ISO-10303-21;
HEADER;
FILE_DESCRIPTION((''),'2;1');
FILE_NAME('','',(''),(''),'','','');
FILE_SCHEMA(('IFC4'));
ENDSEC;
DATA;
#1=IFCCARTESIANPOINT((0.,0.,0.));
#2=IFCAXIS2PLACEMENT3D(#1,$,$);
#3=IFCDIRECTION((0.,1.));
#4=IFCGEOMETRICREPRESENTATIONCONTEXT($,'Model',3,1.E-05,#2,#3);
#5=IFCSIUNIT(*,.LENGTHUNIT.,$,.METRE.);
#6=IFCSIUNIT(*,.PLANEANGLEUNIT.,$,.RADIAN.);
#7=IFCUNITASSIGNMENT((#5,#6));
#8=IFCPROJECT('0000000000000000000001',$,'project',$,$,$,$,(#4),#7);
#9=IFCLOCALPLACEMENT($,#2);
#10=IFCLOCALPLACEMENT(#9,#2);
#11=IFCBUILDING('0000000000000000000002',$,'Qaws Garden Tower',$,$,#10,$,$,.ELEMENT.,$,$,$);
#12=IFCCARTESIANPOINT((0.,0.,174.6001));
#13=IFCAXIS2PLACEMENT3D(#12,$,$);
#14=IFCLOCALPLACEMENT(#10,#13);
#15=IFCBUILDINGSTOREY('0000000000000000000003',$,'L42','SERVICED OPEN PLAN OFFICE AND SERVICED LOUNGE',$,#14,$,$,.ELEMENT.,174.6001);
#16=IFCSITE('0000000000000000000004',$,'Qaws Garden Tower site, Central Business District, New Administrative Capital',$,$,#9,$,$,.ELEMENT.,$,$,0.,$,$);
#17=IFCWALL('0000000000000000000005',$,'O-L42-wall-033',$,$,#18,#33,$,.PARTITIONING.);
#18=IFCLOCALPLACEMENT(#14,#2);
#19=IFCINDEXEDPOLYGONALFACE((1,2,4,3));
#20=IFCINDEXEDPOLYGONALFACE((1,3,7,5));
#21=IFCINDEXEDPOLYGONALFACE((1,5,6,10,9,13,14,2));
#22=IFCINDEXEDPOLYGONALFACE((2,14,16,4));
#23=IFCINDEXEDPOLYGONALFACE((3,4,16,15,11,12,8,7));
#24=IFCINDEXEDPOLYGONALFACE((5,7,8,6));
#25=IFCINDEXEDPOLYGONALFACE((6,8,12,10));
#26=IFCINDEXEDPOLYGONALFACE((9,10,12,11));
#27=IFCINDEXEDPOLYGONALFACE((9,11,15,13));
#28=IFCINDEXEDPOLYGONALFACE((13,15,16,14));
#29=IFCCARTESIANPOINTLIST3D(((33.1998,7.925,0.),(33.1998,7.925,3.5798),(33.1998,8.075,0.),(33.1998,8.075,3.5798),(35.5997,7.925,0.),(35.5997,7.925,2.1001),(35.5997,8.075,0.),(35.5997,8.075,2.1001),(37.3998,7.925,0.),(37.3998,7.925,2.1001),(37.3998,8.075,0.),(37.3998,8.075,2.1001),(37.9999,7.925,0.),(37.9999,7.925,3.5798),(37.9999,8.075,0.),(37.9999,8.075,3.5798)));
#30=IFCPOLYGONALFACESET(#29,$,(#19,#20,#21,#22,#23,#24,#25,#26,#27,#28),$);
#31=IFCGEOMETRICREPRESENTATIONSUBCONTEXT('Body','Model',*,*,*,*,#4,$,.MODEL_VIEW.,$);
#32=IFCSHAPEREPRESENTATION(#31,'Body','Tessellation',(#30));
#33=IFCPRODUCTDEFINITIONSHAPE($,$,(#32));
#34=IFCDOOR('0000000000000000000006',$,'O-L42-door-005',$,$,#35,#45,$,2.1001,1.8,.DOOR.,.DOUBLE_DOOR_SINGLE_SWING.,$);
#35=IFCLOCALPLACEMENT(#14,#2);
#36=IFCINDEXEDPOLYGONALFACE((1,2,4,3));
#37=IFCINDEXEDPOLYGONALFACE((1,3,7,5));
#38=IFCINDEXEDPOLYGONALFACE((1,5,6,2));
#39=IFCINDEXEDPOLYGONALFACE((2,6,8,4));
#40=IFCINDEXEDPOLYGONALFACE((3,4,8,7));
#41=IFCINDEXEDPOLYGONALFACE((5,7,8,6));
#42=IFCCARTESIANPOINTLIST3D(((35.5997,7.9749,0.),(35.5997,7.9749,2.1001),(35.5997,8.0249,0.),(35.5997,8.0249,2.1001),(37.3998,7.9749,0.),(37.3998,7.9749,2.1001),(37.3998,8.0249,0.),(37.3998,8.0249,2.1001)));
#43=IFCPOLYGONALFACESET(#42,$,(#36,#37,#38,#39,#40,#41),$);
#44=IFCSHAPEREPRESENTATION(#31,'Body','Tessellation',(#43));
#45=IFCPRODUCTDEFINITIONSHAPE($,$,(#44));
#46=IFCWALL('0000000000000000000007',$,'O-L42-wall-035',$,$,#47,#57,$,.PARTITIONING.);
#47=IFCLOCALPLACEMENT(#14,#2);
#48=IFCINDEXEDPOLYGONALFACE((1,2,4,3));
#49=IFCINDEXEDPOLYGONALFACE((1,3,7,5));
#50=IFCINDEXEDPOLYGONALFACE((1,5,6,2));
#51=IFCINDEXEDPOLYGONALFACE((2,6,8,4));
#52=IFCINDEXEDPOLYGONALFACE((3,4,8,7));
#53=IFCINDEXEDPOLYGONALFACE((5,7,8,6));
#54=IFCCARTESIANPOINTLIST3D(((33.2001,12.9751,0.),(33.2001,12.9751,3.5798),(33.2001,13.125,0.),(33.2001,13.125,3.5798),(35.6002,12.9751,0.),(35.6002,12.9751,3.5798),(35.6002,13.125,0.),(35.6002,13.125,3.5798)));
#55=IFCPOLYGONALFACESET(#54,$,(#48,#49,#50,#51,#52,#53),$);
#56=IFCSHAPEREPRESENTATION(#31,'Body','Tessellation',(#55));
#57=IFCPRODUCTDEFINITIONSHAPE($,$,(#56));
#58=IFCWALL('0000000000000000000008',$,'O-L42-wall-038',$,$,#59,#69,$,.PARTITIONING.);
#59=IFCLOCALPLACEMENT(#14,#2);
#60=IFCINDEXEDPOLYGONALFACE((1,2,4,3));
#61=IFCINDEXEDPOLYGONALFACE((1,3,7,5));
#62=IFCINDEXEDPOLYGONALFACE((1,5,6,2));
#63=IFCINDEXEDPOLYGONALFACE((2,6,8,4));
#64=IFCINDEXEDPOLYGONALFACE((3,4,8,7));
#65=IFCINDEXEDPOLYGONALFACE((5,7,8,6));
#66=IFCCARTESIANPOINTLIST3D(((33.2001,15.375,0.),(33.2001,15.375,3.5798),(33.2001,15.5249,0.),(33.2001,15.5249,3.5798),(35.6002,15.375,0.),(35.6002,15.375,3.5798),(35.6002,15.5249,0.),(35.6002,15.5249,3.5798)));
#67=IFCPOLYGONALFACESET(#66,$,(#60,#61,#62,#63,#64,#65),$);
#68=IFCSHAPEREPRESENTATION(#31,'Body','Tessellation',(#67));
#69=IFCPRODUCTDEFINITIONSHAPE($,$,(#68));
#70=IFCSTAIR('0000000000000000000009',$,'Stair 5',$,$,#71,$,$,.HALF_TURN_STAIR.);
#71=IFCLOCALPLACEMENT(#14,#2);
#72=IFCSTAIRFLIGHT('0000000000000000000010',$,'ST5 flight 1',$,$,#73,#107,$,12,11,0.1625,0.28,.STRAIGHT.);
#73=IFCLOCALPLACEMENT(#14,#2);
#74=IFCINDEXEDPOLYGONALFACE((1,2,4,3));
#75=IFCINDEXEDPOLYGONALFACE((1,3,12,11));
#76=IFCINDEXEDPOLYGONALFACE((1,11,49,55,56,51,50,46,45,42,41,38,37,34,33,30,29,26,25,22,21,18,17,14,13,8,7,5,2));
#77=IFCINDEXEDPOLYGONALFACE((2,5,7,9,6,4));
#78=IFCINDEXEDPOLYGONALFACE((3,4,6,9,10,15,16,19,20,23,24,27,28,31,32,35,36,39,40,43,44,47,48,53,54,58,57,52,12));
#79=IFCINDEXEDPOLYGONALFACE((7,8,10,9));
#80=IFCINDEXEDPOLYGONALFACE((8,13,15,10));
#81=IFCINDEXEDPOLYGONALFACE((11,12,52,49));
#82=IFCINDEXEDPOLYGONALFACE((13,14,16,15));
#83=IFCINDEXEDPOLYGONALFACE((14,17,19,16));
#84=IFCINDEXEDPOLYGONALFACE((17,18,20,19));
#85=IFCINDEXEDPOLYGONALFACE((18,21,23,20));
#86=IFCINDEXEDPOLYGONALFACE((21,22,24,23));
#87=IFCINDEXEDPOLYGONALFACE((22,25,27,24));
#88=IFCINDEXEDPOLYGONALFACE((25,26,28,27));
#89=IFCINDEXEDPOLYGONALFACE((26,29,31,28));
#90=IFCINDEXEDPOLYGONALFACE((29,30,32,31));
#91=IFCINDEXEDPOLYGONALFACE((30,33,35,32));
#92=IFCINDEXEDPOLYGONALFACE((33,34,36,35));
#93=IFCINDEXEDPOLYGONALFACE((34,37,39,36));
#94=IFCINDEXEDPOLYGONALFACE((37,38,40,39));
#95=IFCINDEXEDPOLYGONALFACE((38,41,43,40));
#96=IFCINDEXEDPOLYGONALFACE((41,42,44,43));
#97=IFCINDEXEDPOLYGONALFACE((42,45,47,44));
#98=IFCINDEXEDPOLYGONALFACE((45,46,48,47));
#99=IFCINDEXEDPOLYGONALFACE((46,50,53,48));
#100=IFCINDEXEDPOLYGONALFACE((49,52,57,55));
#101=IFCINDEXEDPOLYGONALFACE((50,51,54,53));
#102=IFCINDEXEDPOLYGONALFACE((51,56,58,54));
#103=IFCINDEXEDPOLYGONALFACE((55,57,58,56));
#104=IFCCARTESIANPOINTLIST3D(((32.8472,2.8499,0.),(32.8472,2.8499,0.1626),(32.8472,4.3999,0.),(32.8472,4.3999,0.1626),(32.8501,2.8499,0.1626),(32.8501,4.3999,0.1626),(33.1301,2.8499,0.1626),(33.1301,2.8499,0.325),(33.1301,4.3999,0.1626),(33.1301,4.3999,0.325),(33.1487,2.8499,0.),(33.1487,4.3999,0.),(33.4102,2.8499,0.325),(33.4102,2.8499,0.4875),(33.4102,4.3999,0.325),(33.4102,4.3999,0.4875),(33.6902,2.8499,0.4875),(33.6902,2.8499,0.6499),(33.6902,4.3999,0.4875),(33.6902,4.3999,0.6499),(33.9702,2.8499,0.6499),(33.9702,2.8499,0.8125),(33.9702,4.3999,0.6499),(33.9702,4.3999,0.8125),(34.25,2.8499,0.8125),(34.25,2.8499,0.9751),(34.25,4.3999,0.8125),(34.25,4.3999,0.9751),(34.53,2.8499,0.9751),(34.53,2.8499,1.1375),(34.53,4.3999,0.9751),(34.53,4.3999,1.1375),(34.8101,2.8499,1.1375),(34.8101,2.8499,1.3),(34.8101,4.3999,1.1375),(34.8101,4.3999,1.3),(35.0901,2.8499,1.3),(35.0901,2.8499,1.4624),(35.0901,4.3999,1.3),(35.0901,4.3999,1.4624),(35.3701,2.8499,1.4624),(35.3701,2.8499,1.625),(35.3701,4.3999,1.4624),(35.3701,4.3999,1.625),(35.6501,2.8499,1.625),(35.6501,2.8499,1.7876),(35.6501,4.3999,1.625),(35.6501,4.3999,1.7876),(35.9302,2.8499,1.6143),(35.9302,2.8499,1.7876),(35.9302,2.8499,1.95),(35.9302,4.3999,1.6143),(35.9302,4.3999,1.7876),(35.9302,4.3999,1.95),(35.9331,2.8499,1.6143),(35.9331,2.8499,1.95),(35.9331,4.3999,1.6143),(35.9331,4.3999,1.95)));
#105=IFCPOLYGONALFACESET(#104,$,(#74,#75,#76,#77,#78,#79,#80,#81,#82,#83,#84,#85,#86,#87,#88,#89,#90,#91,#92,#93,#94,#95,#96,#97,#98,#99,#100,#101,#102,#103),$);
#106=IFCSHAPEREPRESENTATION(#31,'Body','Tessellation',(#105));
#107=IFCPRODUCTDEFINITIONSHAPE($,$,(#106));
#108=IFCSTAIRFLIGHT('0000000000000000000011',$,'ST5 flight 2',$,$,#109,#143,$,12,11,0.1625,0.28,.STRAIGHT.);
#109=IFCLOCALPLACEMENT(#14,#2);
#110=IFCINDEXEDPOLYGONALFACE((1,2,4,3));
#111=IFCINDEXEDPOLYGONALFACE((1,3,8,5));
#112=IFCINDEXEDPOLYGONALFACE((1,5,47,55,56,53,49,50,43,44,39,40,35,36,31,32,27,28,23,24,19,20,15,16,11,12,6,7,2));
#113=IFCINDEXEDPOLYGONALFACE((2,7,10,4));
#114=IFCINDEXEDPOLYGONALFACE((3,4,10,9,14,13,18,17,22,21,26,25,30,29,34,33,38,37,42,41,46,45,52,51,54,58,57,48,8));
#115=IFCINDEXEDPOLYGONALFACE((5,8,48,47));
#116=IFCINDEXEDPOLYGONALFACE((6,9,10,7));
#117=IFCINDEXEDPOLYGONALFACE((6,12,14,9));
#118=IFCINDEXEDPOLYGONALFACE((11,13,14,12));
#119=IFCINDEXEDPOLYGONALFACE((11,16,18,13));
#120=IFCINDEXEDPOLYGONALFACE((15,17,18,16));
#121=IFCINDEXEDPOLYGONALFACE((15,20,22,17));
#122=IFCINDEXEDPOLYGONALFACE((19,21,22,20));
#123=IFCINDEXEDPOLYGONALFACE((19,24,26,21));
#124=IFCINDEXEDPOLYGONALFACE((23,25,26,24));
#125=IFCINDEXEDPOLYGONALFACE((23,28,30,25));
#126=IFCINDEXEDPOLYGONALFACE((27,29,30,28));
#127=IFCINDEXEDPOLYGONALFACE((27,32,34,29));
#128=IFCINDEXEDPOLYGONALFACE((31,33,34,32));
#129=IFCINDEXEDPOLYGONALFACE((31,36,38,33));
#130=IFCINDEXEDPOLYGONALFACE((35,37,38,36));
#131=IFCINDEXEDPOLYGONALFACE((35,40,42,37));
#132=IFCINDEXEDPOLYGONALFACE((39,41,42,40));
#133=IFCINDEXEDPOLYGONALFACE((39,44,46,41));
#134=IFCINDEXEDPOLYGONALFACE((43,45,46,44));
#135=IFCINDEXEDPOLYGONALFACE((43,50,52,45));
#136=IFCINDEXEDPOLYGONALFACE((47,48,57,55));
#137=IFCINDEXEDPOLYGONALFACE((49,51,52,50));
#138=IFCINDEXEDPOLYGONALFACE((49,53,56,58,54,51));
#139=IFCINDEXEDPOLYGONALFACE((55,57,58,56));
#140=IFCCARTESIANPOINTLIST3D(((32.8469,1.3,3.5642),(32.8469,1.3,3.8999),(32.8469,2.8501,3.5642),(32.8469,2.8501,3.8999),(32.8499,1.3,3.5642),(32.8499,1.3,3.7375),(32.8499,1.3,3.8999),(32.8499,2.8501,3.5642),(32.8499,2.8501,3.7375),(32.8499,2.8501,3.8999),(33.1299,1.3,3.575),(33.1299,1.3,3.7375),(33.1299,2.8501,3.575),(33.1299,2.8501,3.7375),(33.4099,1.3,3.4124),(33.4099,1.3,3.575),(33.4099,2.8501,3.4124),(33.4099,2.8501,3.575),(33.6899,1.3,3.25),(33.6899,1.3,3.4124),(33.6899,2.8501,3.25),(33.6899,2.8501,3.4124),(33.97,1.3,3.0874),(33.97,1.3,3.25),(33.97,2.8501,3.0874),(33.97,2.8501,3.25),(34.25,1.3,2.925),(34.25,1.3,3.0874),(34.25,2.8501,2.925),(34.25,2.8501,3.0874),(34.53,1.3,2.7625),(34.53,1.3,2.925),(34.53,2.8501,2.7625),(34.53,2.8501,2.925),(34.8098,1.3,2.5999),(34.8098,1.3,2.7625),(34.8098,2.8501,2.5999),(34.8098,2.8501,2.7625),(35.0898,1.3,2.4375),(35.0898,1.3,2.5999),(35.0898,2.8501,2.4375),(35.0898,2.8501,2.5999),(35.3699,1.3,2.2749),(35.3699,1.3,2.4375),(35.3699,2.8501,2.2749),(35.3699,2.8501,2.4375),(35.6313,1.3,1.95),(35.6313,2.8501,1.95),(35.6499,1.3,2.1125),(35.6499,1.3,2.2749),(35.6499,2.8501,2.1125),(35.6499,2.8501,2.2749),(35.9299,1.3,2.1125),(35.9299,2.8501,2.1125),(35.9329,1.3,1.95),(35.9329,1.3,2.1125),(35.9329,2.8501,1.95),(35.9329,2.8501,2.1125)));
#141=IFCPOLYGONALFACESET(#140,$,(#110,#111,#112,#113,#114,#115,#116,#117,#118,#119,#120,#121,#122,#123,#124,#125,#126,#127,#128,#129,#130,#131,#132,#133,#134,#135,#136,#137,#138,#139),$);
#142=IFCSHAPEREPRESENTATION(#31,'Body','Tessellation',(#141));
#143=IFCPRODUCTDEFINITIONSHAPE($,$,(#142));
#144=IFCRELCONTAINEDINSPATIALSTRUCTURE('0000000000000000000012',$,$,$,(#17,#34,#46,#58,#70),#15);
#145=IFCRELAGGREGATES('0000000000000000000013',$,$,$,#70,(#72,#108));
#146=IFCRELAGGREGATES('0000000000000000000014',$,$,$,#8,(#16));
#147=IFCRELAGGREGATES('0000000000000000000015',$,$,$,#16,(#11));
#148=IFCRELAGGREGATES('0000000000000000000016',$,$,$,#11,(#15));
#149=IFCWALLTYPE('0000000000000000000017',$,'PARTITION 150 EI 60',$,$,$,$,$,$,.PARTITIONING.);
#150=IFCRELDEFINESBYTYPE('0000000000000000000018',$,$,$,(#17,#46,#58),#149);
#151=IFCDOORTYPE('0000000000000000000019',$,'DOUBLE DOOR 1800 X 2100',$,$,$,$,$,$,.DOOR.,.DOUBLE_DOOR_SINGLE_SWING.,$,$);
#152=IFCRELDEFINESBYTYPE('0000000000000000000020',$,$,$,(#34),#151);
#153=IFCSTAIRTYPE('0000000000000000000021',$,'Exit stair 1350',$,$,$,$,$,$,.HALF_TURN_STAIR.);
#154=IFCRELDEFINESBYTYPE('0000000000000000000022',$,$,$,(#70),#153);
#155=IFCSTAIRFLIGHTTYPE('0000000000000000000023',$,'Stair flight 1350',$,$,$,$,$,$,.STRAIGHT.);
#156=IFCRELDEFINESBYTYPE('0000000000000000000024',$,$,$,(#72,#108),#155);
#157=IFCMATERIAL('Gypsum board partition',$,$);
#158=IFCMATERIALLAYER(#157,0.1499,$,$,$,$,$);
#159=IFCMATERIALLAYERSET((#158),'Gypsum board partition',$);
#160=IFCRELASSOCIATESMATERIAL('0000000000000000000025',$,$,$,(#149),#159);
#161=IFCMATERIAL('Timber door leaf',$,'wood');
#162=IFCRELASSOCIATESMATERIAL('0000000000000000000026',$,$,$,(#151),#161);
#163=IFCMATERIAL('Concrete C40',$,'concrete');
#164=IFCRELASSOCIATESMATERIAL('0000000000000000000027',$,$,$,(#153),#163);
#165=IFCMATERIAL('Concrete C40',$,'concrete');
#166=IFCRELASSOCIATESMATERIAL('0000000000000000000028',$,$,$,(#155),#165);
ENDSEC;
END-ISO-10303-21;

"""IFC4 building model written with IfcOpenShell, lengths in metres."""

from ifc_helpers import new_model, si_unit, direction, frame, frame_2d, origin, place, context, subcontext, project, spatial, polyline, rectangle, outline, extrude, material, layer, layer_set, type_object, element, fill, aggregate, save


model = new_model("IFC4")

# Units and contexts
model_context = context("Model", 3, precision=1e-05, world=origin(), true_north=direction((0.0, 1.0)))
body_context = subcontext(model_context, "Body", "Model", "MODEL_VIEW")
ifc_project = project(units=[si_unit("LENGTHUNIT", "METRE"), si_unit("PLANEANGLEUNIT", "RADIAN")], contexts=[model_context])

# Site, building, storey
site_placement = place(None, origin())
site = spatial("IfcSite", under=ifc_project, at=site_placement, Name="Qaws Garden Tower site, Central Business District, New Administrative Capital", CompositionType="ELEMENT", RefElevation=0.0)
building_placement = place(site_placement, origin())
building = spatial("IfcBuilding", under=site, at=building_placement, Name="Qaws Garden Tower", CompositionType="ELEMENT")
storey_placement = place(building_placement, frame((0.0, 0.0, 174.6001)))
storey = spatial("IfcBuildingStorey", under=building, at=storey_placement, Name="L42", Description="SERVICED OPEN PLAN OFFICE AND SERVICED LOUNGE", CompositionType="ELEMENT", Elevation=174.6001)

# Shared definitions
ifc_material_1 = material(Name="Gypsum board partition")
ifc_layer_1 = layer(ifc_material_1, 0.1499)
ifc_layer_set_1 = layer_set([ifc_layer_1], Name="Gypsum board partition")
wall_type_1 = type_object("IfcWallType", Name="PARTITION 150 EI 60", PredefinedType="PARTITIONING", material=ifc_layer_set_1)

# Wall, opening, door
wall_1_placement = place(storey_placement, frame((33.2, 8.0, 0.0), z_axis=(0.0, 0.0, 1.0), x_axis=(1.0, 0.0, 0.0)))
wall_1 = element("IfcWall", 1, at=wall_1_placement, inside=storey, type_object=wall_type_1, Name="O-L42-wall-033", PredefinedType="PARTITIONING", context=body_context, shape_type="SweptSolid", body=[
    extrude(rectangle(XDim=4.8, YDim=0.1499, at=frame_2d((2.3999, 0.0))), origin(), (0.0, 0.0, 1.0), 3.5798),
])
opening_1_placement = place(wall_1_placement, frame((2.3999, 0.0, 0.0)))
opening_1 = element("IfcOpeningElement", 2, at=opening_1_placement, cuts=wall_1, PredefinedType="OPENING", context=body_context, shape_type="SweptSolid", body=[
    extrude(rectangle(XDim=1.8, YDim=2.1001, at=frame_2d((0.8999, 1.05))), frame((0.0, 0.085, 0.0), z_axis=(0.0, -1.0, 0.0), x_axis=(1.0, 0.0, 0.0)), (0.0, 0.0, 1.0), 0.1699),
])
ifc_material_2 = material(Name="Timber door leaf", Category="wood")
door_type_1 = type_object("IfcDoorType", Name="DOUBLE DOOR 1800 X 2100", OperationType="DOUBLE_DOOR_SINGLE_SWING", PredefinedType="DOOR", material=ifc_material_2)
door_1_placement = place(opening_1_placement, origin())
door_1 = element("IfcDoor", 3, at=door_1_placement, inside=storey, type_object=door_type_1, Name="O-L42-door-005", OperationType="DOUBLE_DOOR_SINGLE_SWING", OverallHeight=2.1001, OverallWidth=1.8, PredefinedType="DOOR", context=body_context, shape_type="SweptSolid", body=[
    extrude(rectangle(XDim=1.8, YDim=2.1001, at=frame_2d((0.8999, 1.05))), frame((0.0, 0.0249, 0.0), z_axis=(0.0, -1.0, 0.0), x_axis=(1.0, 0.0, 0.0)), (0.0, 0.0, 1.0), 0.05),
])
fill(opening_1, door_1)

# Walls
for number, where, z_axis, x_axis, name in (
    (4, (33.2, 13.05, 0.0), (0.0, 0.0, 1.0), (1.0, 0.0, 0.0), "O-L42-wall-035"),
    (5, (33.2, 15.45, 0.0), (0.0, 0.0, 1.0), (1.0, 0.0, 0.0), "O-L42-wall-038"),
):
    element("IfcWall", number, at=place(storey_placement, frame(where, z_axis=z_axis, x_axis=x_axis)), inside=storey, type_object=wall_type_1, Name=name, PredefinedType="PARTITIONING", context=body_context, shape_type="SweptSolid", body=[
        extrude(rectangle(XDim=2.4001, YDim=0.1499, at=frame_2d((1.2002, 0.0))), origin(), (0.0, 0.0, 1.0), 3.5798),
    ])

# Stair, stair flights
ifc_material_3 = material(Name="Concrete C40", Category="concrete")
stair_type = type_object("IfcStairType", Name="Exit stair 1350", PredefinedType="HALF_TURN_STAIR", material=ifc_material_3)
stair_placement = place(storey_placement, origin())
stair = element("IfcStair", 6, at=stair_placement, inside=storey, type_object=stair_type, Name="Stair 5", PredefinedType="HALF_TURN_STAIR")
ifc_material_4 = material(Name="Concrete C40", Category="concrete")
stair_flight_type = type_object("IfcStairFlightType", Name="Stair flight 1350", PredefinedType="STRAIGHT", material=ifc_material_4)
stair_flight_1_placement = place(storey_placement, frame((32.8501, 3.625, 0.0), z_axis=(0.0, 0.0, 1.0), x_axis=(1.0, 0.0, 0.0)))
stair_flight_1 = element("IfcStairFlight", 7, at=stair_flight_1_placement, type_object=stair_flight_type, Name="ST5 flight 1", NumberOfRisers=12, NumberOfTreads=11, PredefinedType="STRAIGHT", RiserHeight=0.1625, TreadLength=0.28, context=body_context, shape_type="SweptSolid", body=[
    extrude(outline(polyline([(-0.0029, 0.0), (-0.0029, 0.1626), (0.0, 0.1626), (0.28, 0.1626), (0.28, 0.325), (0.5601, 0.325), (0.5601, 0.4875), (0.8401, 0.4875), (0.8401, 0.6499), (1.1201, 0.6499), (1.1201, 0.8125), (1.3999, 0.8125), (1.3999, 0.9751), (1.6799, 0.9751), (1.6799, 1.1375), (1.96, 1.1375), (1.96, 1.3), (2.24, 1.3), (2.24, 1.4624), (2.52, 1.4624), (2.52, 1.625), (2.8, 1.625), (2.8, 1.7876), (3.0801, 1.7876), (3.0801, 1.95), (3.083, 1.95), (3.083, 1.6143), (3.0801, 1.6143), (0.2986, 0.0), (-0.0029, 0.0)])), frame((0.0, 0.7749, 0.0), z_axis=(0.0, -1.0, 0.0), x_axis=(1.0, 0.0, 0.0)), (0.0, 0.0, 1.0), 1.55),
])
stair_flight_2_placement = place(storey_placement, frame((35.9299, 2.075, 1.95), z_axis=(0.0, 0.0, 1.0), x_axis=(-1.0, 0.0, 0.0)))
stair_flight_2 = element("IfcStairFlight", 8, at=stair_flight_2_placement, type_object=stair_flight_type, Name="ST5 flight 2", NumberOfRisers=12, NumberOfTreads=11, PredefinedType="STRAIGHT", RiserHeight=0.1625, TreadLength=0.28, context=body_context, shape_type="SweptSolid", body=[
    extrude(outline(polyline([(-0.0029, 0.0), (-0.0029, 0.1626), (0.0, 0.1626), (0.28, 0.1626), (0.28, 0.325), (0.5601, 0.325), (0.5601, 0.4875), (0.8401, 0.4875), (0.8401, 0.6499), (1.1201, 0.6499), (1.1201, 0.8125), (1.3999, 0.8125), (1.3999, 0.9751), (1.6799, 0.9751), (1.6799, 1.1375), (1.96, 1.1375), (1.96, 1.3), (2.24, 1.3), (2.24, 1.4624), (2.52, 1.4624), (2.52, 1.625), (2.8, 1.625), (2.8, 1.7876), (3.0801, 1.7876), (3.0801, 1.95), (3.083, 1.95), (3.083, 1.6143), (3.0801, 1.6143), (0.2986, 0.0), (-0.0029, 0.0)])), frame((0.0, 0.7749, 0.0), z_axis=(0.0, -1.0, 0.0), x_axis=(1.0, 0.0, 0.0)), (0.0, 0.0, 1.0), 1.55),
])
aggregate(stair, [stair_flight_1, stair_flight_2])

save(model, "model.ifc")
